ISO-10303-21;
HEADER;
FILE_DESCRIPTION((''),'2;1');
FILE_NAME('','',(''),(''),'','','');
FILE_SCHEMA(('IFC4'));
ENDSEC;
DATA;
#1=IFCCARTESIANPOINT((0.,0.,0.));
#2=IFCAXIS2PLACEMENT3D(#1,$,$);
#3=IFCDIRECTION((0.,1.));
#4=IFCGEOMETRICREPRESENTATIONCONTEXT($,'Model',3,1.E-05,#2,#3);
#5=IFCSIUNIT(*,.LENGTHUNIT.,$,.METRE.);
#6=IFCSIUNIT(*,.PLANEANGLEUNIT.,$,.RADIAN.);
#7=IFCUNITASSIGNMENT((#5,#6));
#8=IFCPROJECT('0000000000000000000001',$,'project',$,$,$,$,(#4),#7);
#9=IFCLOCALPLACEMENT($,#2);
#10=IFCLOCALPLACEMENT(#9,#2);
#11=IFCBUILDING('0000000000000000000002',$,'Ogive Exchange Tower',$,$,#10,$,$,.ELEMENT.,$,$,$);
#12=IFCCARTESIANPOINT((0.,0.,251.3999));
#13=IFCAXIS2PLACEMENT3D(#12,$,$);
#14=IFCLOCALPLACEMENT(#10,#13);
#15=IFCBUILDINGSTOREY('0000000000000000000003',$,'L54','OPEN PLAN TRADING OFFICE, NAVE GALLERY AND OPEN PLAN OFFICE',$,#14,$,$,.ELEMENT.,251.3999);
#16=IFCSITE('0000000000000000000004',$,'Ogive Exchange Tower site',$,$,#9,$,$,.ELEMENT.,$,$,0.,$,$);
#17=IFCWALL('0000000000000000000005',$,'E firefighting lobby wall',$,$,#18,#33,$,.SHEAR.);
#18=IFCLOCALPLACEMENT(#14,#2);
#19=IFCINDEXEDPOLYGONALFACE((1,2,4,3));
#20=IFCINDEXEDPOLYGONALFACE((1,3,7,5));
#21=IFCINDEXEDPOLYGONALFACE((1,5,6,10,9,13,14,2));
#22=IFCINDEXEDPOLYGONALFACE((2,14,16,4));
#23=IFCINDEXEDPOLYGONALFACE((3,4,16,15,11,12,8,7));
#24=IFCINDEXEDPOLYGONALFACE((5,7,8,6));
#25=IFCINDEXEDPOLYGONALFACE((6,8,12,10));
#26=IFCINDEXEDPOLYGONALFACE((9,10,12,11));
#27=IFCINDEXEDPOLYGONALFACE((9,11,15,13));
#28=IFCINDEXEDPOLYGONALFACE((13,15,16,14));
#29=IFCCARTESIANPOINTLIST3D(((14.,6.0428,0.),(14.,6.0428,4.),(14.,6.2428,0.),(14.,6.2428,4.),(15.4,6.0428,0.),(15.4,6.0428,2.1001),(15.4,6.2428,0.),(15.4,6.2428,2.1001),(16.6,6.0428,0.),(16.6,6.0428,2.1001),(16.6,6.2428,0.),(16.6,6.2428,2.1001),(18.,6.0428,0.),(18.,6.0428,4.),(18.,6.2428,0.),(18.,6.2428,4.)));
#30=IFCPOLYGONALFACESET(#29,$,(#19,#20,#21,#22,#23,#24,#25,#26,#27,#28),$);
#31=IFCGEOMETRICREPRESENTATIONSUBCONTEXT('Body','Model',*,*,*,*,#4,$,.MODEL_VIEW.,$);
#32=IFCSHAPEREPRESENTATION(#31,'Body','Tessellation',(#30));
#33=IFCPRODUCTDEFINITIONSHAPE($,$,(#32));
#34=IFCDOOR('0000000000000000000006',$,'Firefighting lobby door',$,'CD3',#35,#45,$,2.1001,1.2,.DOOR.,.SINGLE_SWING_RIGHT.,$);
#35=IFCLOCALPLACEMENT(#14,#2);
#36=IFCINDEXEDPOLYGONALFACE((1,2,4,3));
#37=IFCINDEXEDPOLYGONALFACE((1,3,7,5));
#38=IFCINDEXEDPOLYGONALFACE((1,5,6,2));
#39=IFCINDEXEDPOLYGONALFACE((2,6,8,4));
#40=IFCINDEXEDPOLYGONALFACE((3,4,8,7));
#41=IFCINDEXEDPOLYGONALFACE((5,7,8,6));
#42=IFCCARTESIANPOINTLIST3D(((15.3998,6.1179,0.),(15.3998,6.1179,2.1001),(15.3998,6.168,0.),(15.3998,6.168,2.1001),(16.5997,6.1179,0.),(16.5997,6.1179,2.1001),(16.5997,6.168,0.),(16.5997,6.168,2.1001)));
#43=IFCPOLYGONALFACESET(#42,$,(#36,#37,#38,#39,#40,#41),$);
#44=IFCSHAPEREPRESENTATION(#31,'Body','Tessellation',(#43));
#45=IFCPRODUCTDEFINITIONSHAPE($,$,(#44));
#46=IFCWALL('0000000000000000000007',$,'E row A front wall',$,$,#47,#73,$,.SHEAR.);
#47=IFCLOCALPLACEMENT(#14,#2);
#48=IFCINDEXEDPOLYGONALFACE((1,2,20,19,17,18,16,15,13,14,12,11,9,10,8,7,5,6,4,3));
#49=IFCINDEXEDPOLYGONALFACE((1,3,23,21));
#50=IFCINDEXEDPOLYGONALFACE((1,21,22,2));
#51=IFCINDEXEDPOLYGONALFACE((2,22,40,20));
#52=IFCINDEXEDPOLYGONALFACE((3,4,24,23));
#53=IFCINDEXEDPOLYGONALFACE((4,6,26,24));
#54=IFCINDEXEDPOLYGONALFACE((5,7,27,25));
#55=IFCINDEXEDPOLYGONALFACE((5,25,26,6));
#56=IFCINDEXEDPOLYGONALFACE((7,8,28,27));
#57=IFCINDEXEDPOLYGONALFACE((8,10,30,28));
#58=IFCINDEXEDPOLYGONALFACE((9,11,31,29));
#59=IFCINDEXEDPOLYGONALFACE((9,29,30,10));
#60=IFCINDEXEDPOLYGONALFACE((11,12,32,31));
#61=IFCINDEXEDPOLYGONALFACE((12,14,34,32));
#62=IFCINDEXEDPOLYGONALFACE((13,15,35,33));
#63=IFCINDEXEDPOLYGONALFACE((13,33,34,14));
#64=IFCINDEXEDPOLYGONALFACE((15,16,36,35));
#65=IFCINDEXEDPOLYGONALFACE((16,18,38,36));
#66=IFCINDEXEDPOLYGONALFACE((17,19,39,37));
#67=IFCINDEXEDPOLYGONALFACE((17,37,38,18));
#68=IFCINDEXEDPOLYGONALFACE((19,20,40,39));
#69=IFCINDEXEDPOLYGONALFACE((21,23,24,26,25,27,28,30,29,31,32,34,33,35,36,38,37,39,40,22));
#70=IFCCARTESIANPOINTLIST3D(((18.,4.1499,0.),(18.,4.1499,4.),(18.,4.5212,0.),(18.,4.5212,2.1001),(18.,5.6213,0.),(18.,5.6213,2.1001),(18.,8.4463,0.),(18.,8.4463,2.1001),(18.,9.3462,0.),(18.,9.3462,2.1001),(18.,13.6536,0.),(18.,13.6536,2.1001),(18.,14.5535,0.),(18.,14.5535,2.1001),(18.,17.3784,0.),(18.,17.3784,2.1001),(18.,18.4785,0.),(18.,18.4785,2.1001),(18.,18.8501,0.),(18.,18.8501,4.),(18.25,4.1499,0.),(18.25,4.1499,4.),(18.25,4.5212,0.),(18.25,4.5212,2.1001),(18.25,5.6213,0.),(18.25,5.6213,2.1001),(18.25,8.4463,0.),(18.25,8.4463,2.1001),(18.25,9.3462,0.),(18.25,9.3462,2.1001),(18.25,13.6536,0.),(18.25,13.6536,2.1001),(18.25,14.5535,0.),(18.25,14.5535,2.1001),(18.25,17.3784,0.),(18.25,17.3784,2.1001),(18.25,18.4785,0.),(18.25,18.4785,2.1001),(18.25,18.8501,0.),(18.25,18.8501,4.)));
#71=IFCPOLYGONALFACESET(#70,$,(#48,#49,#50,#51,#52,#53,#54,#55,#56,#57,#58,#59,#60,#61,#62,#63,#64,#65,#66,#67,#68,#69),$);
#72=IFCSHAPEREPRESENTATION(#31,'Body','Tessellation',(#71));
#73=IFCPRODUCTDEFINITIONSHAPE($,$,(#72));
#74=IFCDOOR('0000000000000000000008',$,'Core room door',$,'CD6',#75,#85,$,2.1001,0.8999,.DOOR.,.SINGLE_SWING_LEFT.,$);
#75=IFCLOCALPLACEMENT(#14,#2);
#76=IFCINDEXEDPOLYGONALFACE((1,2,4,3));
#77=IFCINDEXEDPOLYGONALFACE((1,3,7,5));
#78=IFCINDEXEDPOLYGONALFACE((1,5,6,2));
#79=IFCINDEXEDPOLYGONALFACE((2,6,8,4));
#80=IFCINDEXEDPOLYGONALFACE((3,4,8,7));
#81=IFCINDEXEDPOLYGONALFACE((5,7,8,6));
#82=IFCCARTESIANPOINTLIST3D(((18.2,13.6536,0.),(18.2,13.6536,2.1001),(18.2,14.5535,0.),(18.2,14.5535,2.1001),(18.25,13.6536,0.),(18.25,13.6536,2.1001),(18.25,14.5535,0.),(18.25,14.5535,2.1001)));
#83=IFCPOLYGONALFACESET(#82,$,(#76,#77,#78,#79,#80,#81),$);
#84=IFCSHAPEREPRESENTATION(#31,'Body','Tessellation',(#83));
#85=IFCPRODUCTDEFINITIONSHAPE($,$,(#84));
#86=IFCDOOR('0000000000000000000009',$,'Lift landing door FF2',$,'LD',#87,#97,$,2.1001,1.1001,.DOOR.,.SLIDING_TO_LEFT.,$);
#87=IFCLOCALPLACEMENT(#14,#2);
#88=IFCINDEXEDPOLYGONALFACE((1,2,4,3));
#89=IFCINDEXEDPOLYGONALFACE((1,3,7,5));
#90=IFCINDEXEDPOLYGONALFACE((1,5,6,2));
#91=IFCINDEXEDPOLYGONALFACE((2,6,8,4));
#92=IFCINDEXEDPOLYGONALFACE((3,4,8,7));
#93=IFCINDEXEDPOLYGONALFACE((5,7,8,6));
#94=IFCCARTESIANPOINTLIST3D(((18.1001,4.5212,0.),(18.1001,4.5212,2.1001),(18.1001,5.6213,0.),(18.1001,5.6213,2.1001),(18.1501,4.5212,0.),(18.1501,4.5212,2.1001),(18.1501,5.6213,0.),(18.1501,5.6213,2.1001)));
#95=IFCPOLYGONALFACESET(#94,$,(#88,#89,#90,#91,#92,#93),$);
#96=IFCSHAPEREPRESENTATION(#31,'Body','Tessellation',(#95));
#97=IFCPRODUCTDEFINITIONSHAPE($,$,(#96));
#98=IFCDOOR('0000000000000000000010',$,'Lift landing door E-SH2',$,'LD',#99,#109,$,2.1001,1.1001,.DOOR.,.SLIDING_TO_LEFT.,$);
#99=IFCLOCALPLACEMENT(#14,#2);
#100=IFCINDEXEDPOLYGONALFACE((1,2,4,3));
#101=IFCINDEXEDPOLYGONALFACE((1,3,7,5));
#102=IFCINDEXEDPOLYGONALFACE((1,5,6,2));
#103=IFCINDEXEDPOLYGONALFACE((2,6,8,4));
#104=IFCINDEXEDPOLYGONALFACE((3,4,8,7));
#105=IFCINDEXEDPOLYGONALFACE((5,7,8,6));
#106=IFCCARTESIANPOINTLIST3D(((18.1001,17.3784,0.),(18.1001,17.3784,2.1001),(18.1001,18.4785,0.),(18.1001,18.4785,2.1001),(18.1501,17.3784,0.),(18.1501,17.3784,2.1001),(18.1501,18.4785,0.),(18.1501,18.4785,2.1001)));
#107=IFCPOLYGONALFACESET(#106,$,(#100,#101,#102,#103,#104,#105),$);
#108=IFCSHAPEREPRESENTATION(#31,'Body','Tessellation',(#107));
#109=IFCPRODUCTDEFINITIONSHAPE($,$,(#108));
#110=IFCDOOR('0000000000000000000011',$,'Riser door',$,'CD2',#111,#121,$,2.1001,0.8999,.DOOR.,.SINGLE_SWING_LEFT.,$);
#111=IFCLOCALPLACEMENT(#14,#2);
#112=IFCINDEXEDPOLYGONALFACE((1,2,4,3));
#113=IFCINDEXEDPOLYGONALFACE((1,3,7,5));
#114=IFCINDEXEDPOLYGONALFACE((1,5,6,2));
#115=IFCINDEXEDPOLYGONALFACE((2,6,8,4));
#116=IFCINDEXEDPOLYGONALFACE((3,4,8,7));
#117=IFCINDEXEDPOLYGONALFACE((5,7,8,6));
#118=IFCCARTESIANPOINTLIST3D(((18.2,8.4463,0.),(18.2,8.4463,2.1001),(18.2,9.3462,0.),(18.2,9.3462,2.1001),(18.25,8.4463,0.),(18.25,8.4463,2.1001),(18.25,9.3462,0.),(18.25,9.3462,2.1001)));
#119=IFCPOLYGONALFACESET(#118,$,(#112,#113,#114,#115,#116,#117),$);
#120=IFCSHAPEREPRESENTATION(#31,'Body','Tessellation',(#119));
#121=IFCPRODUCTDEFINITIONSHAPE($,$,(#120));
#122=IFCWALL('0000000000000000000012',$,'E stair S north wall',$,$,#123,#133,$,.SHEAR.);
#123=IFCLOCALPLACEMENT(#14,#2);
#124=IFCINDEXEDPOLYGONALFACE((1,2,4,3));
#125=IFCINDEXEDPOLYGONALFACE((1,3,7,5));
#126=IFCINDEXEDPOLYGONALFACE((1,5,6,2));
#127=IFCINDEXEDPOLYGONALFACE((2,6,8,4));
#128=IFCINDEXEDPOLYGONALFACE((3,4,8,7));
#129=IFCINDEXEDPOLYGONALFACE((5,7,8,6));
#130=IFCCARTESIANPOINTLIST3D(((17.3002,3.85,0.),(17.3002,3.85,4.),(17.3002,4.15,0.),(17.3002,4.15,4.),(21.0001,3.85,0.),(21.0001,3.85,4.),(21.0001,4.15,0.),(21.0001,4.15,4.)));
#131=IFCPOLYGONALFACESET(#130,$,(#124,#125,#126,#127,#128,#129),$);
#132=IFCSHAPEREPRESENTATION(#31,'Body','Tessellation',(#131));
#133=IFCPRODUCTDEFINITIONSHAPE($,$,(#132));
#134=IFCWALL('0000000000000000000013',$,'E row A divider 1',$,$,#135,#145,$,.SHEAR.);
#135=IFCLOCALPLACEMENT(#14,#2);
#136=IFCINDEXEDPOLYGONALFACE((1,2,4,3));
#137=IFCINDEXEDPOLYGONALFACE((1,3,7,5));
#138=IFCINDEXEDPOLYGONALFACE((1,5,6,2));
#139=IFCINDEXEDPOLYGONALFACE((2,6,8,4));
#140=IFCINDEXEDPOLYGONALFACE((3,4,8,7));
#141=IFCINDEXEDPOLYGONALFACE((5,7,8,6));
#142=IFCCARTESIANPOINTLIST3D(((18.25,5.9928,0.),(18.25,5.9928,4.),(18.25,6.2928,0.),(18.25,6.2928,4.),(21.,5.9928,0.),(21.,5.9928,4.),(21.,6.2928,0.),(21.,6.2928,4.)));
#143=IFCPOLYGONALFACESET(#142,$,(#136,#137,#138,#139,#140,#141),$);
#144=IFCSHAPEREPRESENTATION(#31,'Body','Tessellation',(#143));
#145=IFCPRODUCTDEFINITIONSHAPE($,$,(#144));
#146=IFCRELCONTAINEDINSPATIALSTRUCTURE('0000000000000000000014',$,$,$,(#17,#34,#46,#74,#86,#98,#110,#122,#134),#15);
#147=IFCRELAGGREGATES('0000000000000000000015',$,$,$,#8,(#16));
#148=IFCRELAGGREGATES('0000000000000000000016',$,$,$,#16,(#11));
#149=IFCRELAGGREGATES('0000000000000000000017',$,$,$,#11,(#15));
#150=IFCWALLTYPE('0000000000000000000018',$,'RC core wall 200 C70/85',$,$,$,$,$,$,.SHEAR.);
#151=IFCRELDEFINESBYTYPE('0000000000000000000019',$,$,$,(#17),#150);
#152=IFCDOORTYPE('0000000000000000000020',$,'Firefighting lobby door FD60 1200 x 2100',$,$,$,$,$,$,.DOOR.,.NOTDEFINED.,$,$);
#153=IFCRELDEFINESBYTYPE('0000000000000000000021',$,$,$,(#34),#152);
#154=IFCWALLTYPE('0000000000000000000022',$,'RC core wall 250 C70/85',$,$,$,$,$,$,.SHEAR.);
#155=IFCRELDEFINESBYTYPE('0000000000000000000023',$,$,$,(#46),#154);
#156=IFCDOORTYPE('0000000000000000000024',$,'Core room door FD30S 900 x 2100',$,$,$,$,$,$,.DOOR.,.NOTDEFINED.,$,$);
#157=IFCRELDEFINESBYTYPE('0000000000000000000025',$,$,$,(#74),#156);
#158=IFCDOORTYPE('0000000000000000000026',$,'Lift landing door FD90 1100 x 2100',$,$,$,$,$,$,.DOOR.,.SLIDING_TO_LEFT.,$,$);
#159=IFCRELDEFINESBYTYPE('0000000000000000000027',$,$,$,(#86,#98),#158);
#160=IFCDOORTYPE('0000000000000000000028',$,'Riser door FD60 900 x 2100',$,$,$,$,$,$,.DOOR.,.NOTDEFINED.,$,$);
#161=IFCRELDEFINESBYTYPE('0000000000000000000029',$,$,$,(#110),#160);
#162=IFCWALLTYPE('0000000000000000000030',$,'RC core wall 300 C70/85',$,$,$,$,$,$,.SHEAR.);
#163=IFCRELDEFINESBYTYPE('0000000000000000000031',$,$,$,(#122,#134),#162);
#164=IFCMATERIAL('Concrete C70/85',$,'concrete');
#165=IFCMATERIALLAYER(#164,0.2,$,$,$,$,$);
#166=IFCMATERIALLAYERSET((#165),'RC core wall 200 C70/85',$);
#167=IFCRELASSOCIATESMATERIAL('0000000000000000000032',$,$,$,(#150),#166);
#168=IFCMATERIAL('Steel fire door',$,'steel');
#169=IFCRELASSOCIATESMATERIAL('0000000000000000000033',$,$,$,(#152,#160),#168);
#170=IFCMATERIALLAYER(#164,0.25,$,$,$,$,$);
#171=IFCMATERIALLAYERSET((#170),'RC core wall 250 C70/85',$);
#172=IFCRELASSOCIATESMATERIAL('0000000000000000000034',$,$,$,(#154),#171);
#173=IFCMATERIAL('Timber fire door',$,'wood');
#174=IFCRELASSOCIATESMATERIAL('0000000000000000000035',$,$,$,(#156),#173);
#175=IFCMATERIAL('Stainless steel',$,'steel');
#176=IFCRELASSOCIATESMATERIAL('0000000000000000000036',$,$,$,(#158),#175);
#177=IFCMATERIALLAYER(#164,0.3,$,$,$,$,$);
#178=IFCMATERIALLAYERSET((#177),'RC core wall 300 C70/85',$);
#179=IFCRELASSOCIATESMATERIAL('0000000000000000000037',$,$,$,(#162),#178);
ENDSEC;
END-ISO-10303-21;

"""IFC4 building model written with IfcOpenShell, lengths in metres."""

from ifc_helpers import new_model, si_unit, direction, frame, frame_2d, origin, place, context, subcontext, project, spatial, rectangle, extrude, material, layer, layer_set, type_object, element, fill, save


model = new_model("IFC4")

# Units and contexts
model_context = context("Model", 3, precision=1e-05, world=origin(), true_north=direction((0.0, 1.0)))
body_context = subcontext(model_context, "Body", "Model", "MODEL_VIEW")
ifc_project = project(units=[si_unit("LENGTHUNIT", "METRE"), si_unit("PLANEANGLEUNIT", "RADIAN")], contexts=[model_context])

# Site, building, storey
site_placement = place(None, origin())
site = spatial("IfcSite", under=ifc_project, at=site_placement, Name="Ogive Exchange Tower site", CompositionType="ELEMENT", RefElevation=0.0)
building_placement = place(site_placement, origin())
building = spatial("IfcBuilding", under=site, at=building_placement, Name="Ogive Exchange Tower", CompositionType="ELEMENT")
storey_placement = place(building_placement, frame((0.0, 0.0, 251.3999)))
storey = spatial("IfcBuildingStorey", under=building, at=storey_placement, Name="L54", Description="OPEN PLAN TRADING OFFICE, NAVE GALLERY AND OPEN PLAN OFFICE", CompositionType="ELEMENT", Elevation=251.3999)

# Wall, opening, door
ifc_material_1 = material(Name="Concrete C70/85", Category="concrete")
ifc_layer_1 = layer(ifc_material_1, 0.2)
ifc_layer_set_1 = layer_set([ifc_layer_1], Name="RC core wall 200 C70/85")
wall_type_1 = type_object("IfcWallType", Name="RC core wall 200 C70/85", PredefinedType="SHEAR", material=ifc_layer_set_1)
wall_1_placement = place(storey_placement, frame((14.0, 6.1428, 0.0), z_axis=(0.0, 0.0, 1.0), x_axis=(1.0, 0.0, 0.0)))
wall_1 = element("IfcWall", 1, at=wall_1_placement, inside=storey, type_object=wall_type_1, Name="E firefighting lobby wall", PredefinedType="SHEAR", context=body_context, shape_type="SweptSolid", body=[
    extrude(rectangle(XDim=4.0, YDim=0.2, at=frame_2d((2.0, 0.0))), origin(), (0.0, 0.0, 1.0), 4.0),
])
opening_1_placement = place(wall_1_placement, frame((1.3999, 0.0, 0.0)))
opening_1 = element("IfcOpeningElement", 2, at=opening_1_placement, cuts=wall_1, PredefinedType="OPENING", context=body_context, shape_type="SweptSolid", body=[
    extrude(rectangle(XDim=1.2, YDim=2.1001, at=frame_2d((0.6001, 1.05))), frame((0.0, 0.1099, 0.0), z_axis=(0.0, -1.0, 0.0), x_axis=(1.0, 0.0, 0.0)), (0.0, 0.0, 1.0), 0.22),
])
ifc_material_2 = material(Name="Steel fire door", Category="steel")
door_type_1 = type_object("IfcDoorType", Name="Firefighting lobby door FD60 1200 x 2100", OperationType="NOTDEFINED", PredefinedType="DOOR", material=ifc_material_2)
door_1_placement = place(opening_1_placement, frame((1.2, 0.0, 0.0), z_axis=(0.0, 0.0, 1.0), x_axis=(-1.0, 0.0, 0.0)))
door_1 = element("IfcDoor", 3, at=door_1_placement, inside=storey, type_object=door_type_1, Name="Firefighting lobby door", ObjectType="CD3", OperationType="SINGLE_SWING_RIGHT", OverallHeight=2.1001, OverallWidth=1.2, PredefinedType="DOOR", context=body_context, shape_type="SweptSolid", body=[
    extrude(rectangle(XDim=1.2, YDim=2.1001, at=frame_2d((0.6001, 1.05))), frame((0.0, 0.0249, 0.0), z_axis=(0.0, -1.0, 0.0), x_axis=(1.0, 0.0, 0.0)), (0.0, 0.0, 1.0), 0.05),
])
fill(opening_1, door_1)

# Wall, openings, doors
ifc_layer_2 = layer(ifc_material_1, 0.25)
ifc_layer_set_2 = layer_set([ifc_layer_2], Name="RC core wall 250 C70/85")
wall_type_2 = type_object("IfcWallType", Name="RC core wall 250 C70/85", PredefinedType="SHEAR", material=ifc_layer_set_2)
wall_2_placement = place(storey_placement, frame((18.125, 4.1499, 0.0), z_axis=(0.0, 0.0, 1.0), x_axis=(0.0, 1.0, 0.0)))
wall_2 = element("IfcWall", 4, at=wall_2_placement, inside=storey, type_object=wall_type_2, Name="E row A front wall", PredefinedType="SHEAR", context=body_context, shape_type="SweptSolid", body=[
    extrude(rectangle(XDim=14.7002, YDim=0.25, at=frame_2d((7.3501, 0.0))), origin(), (0.0, 0.0, 1.0), 4.0),
])
opening_2_placement = place(wall_2_placement, frame((4.2964, 0.0, 0.0)))
opening_2 = element("IfcOpeningElement", 5, at=opening_2_placement, cuts=wall_2, PredefinedType="OPENING", context=body_context, shape_type="SweptSolid", body=[
    extrude(rectangle(XDim=0.8999, YDim=2.1001, at=frame_2d((0.45, 1.05))), frame((0.0, 0.135, 0.0), z_axis=(0.0, -1.0, 0.0), x_axis=(1.0, 0.0, 0.0)), (0.0, 0.0, 1.0), 0.27),
])
opening_3_placement = place(wall_2_placement, frame((9.5037, 0.0, 0.0)))
opening_3 = element("IfcOpeningElement", 6, at=opening_3_placement, cuts=wall_2, PredefinedType="OPENING", context=body_context, shape_type="SweptSolid", body=[
    extrude(rectangle(XDim=0.8999, YDim=2.1001, at=frame_2d((0.45, 1.05))), frame((0.0, 0.135, 0.0), z_axis=(0.0, -1.0, 0.0), x_axis=(1.0, 0.0, 0.0)), (0.0, 0.0, 1.0), 0.27),
])
opening_4_placement = place(wall_2_placement, frame((0.3713, 0.0, 0.0)))
opening_4 = element("IfcOpeningElement", 7, at=opening_4_placement, cuts=wall_2, PredefinedType="OPENING", context=body_context, shape_type="SweptSolid", body=[
    extrude(rectangle(XDim=1.1001, YDim=2.1001, at=frame_2d((0.55, 1.05))), frame((0.0, 0.135, 0.0), z_axis=(0.0, -1.0, 0.0), x_axis=(1.0, 0.0, 0.0)), (0.0, 0.0, 1.0), 0.27),
])
opening_5_placement = place(wall_2_placement, frame((13.2285, 0.0, 0.0)))
opening_5 = element("IfcOpeningElement", 8, at=opening_5_placement, cuts=wall_2, PredefinedType="OPENING", context=body_context, shape_type="SweptSolid", body=[
    extrude(rectangle(XDim=1.1001, YDim=2.1001, at=frame_2d((0.55, 1.05))), frame((0.0, 0.135, 0.0), z_axis=(0.0, -1.0, 0.0), x_axis=(1.0, 0.0, 0.0)), (0.0, 0.0, 1.0), 0.27),
])
ifc_material_3 = material(Name="Timber fire door", Category="wood")
door_type_2 = type_object("IfcDoorType", Name="Core room door FD30S 900 x 2100", OperationType="NOTDEFINED", PredefinedType="DOOR", material=ifc_material_3)
door_2_placement = place(opening_3_placement, frame((0.8999, -0.2002, 0.0), z_axis=(0.0, 0.0, 1.0), x_axis=(-1.0, 0.0, 0.0)))
door_2 = element("IfcDoor", 9, at=door_2_placement, inside=storey, type_object=door_type_2, Name="Core room door", ObjectType="CD6", OperationType="SINGLE_SWING_LEFT", OverallHeight=2.1001, OverallWidth=0.8999, PredefinedType="DOOR", context=body_context, shape_type="SweptSolid", body=[
    extrude(rectangle(XDim=0.8999, YDim=2.1001, at=frame_2d((0.45, 1.05))), frame((0.0, -0.0752, 0.0), z_axis=(0.0, -1.0, 0.0), x_axis=(1.0, 0.0, 0.0)), (0.0, 0.0, 1.0), 0.05),
])
fill(opening_3, door_2)
ifc_material_4 = material(Name="Stainless steel", Category="steel")
door_type_3 = type_object("IfcDoorType", Name="Lift landing door FD90 1100 x 2100", OperationType="SLIDING_TO_LEFT", PredefinedType="DOOR", material=ifc_material_4)
door_3_placement = place(opening_4_placement, origin())
door_3 = element("IfcDoor", 10, at=door_3_placement, inside=storey, type_object=door_type_3, Name="Lift landing door FF2", ObjectType="LD", OperationType="SLIDING_TO_LEFT", OverallHeight=2.1001, OverallWidth=1.1001, PredefinedType="DOOR", context=body_context, shape_type="SweptSolid", body=[
    extrude(rectangle(XDim=1.1001, YDim=2.1001, at=frame_2d((0.55, 1.05))), frame((0.0, 0.0249, 0.0), z_axis=(0.0, -1.0, 0.0), x_axis=(1.0, 0.0, 0.0)), (0.0, 0.0, 1.0), 0.05),
])
fill(opening_4, door_3)
door_4_placement = place(opening_5_placement, origin())
door_4 = element("IfcDoor", 11, at=door_4_placement, inside=storey, type_object=door_type_3, Name="Lift landing door E-SH2", ObjectType="LD", OperationType="SLIDING_TO_LEFT", OverallHeight=2.1001, OverallWidth=1.1001, PredefinedType="DOOR", context=body_context, shape_type="SweptSolid", body=[
    extrude(rectangle(XDim=1.1001, YDim=2.1001, at=frame_2d((0.55, 1.05))), frame((0.0, 0.0249, 0.0), z_axis=(0.0, -1.0, 0.0), x_axis=(1.0, 0.0, 0.0)), (0.0, 0.0, 1.0), 0.05),
])
fill(opening_5, door_4)
door_type_4 = type_object("IfcDoorType", Name="Riser door FD60 900 x 2100", OperationType="NOTDEFINED", PredefinedType="DOOR", material=ifc_material_2)
door_5_placement = place(opening_2_placement, frame((0.8999, -0.2002, 0.0), z_axis=(0.0, 0.0, 1.0), x_axis=(-1.0, 0.0, 0.0)))
door_5 = element("IfcDoor", 12, at=door_5_placement, inside=storey, type_object=door_type_4, Name="Riser door", ObjectType="CD2", OperationType="SINGLE_SWING_LEFT", OverallHeight=2.1001, OverallWidth=0.8999, PredefinedType="DOOR", context=body_context, shape_type="SweptSolid", body=[
    extrude(rectangle(XDim=0.8999, YDim=2.1001, at=frame_2d((0.45, 1.05))), frame((0.0, -0.0752, 0.0), z_axis=(0.0, -1.0, 0.0), x_axis=(1.0, 0.0, 0.0)), (0.0, 0.0, 1.0), 0.05),
])
fill(opening_2, door_5)

# Walls
ifc_layer_3 = layer(ifc_material_1, 0.3)
ifc_layer_set_3 = layer_set([ifc_layer_3], Name="RC core wall 300 C70/85")
wall_type_3 = type_object("IfcWallType", Name="RC core wall 300 C70/85", PredefinedType="SHEAR", material=ifc_layer_set_3)
wall_3_placement = place(storey_placement, frame((17.3, 4.0, 0.0), z_axis=(0.0, 0.0, 1.0), x_axis=(1.0, 0.0, 0.0)))
element("IfcWall", 13, at=wall_3_placement, inside=storey, type_object=wall_type_3, Name="E stair S north wall", PredefinedType="SHEAR", context=body_context, shape_type="SweptSolid", body=[
    extrude(rectangle(XDim=3.7, YDim=0.3, at=frame_2d((1.8501, 0.0))), origin(), (0.0, 0.0, 1.0), 4.0),
])
wall_4_placement = place(storey_placement, frame((18.25, 6.1428, 0.0), z_axis=(0.0, 0.0, 1.0), x_axis=(1.0, 0.0, 0.0)))
element("IfcWall", 14, at=wall_4_placement, inside=storey, type_object=wall_type_3, Name="E row A divider 1", PredefinedType="SHEAR", context=body_context, shape_type="SweptSolid", body=[
    extrude(rectangle(XDim=2.75, YDim=0.3, at=frame_2d((1.375, 0.0))), origin(), (0.0, 0.0, 1.0), 4.0),
])

save(model, "model.ifc")
